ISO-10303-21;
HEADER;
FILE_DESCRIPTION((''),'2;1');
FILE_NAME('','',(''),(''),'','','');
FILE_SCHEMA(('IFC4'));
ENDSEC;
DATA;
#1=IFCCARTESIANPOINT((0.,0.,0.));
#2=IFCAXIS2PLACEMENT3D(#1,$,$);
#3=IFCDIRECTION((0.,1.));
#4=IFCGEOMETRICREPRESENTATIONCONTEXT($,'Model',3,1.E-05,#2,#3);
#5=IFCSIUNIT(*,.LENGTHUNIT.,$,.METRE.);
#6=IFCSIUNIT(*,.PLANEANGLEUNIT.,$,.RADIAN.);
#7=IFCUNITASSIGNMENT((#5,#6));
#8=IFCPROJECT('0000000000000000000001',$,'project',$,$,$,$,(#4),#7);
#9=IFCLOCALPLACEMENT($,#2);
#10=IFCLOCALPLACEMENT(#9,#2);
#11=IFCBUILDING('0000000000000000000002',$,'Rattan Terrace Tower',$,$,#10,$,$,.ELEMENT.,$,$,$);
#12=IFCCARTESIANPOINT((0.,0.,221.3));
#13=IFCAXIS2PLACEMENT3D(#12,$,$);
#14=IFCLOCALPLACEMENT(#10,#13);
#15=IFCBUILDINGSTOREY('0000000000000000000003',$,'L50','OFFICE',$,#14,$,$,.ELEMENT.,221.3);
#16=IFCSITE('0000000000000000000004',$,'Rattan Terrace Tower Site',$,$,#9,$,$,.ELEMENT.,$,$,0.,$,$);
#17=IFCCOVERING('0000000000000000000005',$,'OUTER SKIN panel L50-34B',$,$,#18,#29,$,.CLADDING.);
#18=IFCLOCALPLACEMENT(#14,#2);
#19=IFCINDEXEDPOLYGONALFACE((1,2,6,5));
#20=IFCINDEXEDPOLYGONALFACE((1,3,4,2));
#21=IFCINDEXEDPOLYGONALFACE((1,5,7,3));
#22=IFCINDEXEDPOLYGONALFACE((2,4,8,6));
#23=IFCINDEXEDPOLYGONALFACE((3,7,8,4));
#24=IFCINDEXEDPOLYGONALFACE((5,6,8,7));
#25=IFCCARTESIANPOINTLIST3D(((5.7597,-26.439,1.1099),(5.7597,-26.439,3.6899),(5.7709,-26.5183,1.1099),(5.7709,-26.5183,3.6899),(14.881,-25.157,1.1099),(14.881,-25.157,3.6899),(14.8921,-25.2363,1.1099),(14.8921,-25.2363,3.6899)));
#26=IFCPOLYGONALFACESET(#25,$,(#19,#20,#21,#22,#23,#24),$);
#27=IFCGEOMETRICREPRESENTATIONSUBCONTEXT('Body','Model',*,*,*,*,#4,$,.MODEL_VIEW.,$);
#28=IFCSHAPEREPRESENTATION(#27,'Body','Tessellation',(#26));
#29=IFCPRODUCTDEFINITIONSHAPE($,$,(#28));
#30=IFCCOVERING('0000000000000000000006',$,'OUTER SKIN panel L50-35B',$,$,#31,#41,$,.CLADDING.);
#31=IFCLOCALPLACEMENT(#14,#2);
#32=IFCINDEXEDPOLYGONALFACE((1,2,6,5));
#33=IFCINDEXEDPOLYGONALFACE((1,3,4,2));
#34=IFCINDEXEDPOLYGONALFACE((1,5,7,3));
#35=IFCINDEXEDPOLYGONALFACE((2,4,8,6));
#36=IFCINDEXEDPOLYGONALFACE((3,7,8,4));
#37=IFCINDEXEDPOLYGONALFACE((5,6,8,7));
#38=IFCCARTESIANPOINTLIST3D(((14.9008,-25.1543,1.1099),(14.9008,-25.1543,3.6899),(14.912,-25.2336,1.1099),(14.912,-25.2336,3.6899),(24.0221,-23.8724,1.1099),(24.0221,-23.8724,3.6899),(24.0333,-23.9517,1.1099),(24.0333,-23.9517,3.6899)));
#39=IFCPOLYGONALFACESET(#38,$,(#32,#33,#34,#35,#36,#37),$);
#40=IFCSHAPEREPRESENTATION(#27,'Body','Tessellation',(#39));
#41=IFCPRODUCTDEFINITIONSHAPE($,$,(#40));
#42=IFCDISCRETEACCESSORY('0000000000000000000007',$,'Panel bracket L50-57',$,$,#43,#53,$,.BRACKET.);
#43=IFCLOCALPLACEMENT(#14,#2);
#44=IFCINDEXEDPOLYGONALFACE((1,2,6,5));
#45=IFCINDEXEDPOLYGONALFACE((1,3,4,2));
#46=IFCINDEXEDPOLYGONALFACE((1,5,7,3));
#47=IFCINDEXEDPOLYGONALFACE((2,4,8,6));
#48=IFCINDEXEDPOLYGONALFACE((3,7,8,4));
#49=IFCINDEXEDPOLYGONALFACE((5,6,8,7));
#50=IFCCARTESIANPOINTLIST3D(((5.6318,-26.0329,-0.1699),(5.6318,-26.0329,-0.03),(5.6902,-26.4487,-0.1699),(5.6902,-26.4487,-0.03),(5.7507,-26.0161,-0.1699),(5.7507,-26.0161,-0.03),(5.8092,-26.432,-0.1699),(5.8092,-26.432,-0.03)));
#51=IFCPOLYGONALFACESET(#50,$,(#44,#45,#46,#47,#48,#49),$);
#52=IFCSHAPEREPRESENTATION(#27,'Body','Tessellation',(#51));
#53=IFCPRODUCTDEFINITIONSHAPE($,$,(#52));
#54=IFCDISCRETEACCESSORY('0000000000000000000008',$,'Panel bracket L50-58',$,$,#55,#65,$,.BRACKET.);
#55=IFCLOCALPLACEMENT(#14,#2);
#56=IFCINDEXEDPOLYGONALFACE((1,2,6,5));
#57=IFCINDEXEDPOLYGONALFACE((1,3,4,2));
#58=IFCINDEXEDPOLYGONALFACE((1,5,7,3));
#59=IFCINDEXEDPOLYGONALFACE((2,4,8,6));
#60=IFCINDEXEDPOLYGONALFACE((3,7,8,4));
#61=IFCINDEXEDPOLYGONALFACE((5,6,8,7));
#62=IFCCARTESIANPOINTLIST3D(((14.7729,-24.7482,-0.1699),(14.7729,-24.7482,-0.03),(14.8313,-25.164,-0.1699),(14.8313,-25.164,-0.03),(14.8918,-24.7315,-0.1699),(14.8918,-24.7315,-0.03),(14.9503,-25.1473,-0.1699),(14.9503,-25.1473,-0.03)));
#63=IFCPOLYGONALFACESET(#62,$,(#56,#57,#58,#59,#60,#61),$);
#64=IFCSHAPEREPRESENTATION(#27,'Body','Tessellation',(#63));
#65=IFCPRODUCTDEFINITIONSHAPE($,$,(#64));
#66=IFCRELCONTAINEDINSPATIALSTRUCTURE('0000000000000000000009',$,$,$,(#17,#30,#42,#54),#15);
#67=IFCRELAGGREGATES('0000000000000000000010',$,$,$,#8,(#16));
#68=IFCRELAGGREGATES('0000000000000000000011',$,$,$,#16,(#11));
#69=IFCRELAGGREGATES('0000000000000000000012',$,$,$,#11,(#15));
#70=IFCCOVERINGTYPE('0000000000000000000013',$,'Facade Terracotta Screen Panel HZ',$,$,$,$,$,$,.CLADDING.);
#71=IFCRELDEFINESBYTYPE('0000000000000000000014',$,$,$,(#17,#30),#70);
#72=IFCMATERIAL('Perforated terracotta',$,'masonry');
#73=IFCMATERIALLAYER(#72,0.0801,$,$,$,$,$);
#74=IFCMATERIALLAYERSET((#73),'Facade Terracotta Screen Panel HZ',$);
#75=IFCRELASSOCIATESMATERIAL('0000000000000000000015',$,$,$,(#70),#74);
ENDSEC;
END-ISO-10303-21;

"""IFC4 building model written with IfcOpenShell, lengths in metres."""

from ifc_helpers import new_model, si_unit, direction, frame, origin, origin_2d, place, context, subcontext, project, spatial, rectangle, extrude, material, layer, layer_set, type_object, element, save


model = new_model("IFC4")

# Units and contexts
model_context = context("Model", 3, precision=1e-05, world=origin(), true_north=direction((0.0, 1.0)))
body_context = subcontext(model_context, "Body", "Model", "MODEL_VIEW")
ifc_project = project(units=[si_unit("LENGTHUNIT", "METRE"), si_unit("PLANEANGLEUNIT", "RADIAN")], contexts=[model_context])

# Site, building, storey
site_placement = place(None, origin())
site = spatial("IfcSite", under=ifc_project, at=site_placement, Name="Rattan Terrace Tower Site", CompositionType="ELEMENT", RefElevation=0.0)
building_placement = place(site_placement, origin())
building = spatial("IfcBuilding", under=site, at=building_placement, Name="Rattan Terrace Tower", CompositionType="ELEMENT")
storey_placement = place(building_placement, frame((0.0, 0.0, 221.3)))
storey = spatial("IfcBuildingStorey", under=building, at=storey_placement, Name="L50", Description="OFFICE", CompositionType="ELEMENT", Elevation=221.3)

# Coverings
ifc_material_1 = material(Name="Perforated terracotta", Category="masonry")
ifc_layer_1 = layer(ifc_material_1, 0.0801)
ifc_layer_set_1 = layer_set([ifc_layer_1], Name="Facade Terracotta Screen Panel HZ")
covering_type_1 = type_object("IfcCoveringType", Name="Facade Terracotta Screen Panel HZ", PredefinedType="CLADDING", material=ifc_layer_set_1)
for number, where, z_axis, x_axis, name in (
    (1, (10.3259, -25.8376, 1.1099), (0.0, 0.0, 1.0), (0.990267, 0.139177, 0.0), "OUTER SKIN panel L50-34B"),
    (2, (19.467, -24.553, 1.1099), (0.0, 0.0, 1.0), (0.990267, 0.139177, 0.0), "OUTER SKIN panel L50-35B"),
):
    element("IfcCovering", number, at=place(storey_placement, frame(where, z_axis=z_axis, x_axis=x_axis)), inside=storey, type_object=covering_type_1, Name=name, PredefinedType="CLADDING", context=body_context, shape_type="SweptSolid", body=[
        extrude(rectangle(XDim=9.2109, YDim=0.0801, at=origin_2d()), origin(), (0.0, 0.0, 1.0), 2.5801),
    ])

# Discrete accessories
for number, where, z_axis, x_axis, name in (
    (3, (5.7205, -26.2324, -0.1699), (0.0, 0.0, 1.0), (0.990267, 0.139177, 0.0), "Panel bracket L50-57"),
    (4, (14.8616, -24.9478, -0.1699), (0.0, 0.0, 1.0), (0.990267, 0.139177, 0.0), "Panel bracket L50-58"),
):
    element("IfcDiscreteAccessory", number, at=place(storey_placement, frame(where, z_axis=z_axis, x_axis=x_axis)), inside=storey, Name=name, PredefinedType="BRACKET", context=body_context, shape_type="SweptSolid", body=[
        extrude(rectangle(XDim=0.1201, YDim=0.4199, at=origin_2d()), origin(), (0.0, 0.0, 1.0), 0.1399),
    ])

save(model, "model.ifc")
